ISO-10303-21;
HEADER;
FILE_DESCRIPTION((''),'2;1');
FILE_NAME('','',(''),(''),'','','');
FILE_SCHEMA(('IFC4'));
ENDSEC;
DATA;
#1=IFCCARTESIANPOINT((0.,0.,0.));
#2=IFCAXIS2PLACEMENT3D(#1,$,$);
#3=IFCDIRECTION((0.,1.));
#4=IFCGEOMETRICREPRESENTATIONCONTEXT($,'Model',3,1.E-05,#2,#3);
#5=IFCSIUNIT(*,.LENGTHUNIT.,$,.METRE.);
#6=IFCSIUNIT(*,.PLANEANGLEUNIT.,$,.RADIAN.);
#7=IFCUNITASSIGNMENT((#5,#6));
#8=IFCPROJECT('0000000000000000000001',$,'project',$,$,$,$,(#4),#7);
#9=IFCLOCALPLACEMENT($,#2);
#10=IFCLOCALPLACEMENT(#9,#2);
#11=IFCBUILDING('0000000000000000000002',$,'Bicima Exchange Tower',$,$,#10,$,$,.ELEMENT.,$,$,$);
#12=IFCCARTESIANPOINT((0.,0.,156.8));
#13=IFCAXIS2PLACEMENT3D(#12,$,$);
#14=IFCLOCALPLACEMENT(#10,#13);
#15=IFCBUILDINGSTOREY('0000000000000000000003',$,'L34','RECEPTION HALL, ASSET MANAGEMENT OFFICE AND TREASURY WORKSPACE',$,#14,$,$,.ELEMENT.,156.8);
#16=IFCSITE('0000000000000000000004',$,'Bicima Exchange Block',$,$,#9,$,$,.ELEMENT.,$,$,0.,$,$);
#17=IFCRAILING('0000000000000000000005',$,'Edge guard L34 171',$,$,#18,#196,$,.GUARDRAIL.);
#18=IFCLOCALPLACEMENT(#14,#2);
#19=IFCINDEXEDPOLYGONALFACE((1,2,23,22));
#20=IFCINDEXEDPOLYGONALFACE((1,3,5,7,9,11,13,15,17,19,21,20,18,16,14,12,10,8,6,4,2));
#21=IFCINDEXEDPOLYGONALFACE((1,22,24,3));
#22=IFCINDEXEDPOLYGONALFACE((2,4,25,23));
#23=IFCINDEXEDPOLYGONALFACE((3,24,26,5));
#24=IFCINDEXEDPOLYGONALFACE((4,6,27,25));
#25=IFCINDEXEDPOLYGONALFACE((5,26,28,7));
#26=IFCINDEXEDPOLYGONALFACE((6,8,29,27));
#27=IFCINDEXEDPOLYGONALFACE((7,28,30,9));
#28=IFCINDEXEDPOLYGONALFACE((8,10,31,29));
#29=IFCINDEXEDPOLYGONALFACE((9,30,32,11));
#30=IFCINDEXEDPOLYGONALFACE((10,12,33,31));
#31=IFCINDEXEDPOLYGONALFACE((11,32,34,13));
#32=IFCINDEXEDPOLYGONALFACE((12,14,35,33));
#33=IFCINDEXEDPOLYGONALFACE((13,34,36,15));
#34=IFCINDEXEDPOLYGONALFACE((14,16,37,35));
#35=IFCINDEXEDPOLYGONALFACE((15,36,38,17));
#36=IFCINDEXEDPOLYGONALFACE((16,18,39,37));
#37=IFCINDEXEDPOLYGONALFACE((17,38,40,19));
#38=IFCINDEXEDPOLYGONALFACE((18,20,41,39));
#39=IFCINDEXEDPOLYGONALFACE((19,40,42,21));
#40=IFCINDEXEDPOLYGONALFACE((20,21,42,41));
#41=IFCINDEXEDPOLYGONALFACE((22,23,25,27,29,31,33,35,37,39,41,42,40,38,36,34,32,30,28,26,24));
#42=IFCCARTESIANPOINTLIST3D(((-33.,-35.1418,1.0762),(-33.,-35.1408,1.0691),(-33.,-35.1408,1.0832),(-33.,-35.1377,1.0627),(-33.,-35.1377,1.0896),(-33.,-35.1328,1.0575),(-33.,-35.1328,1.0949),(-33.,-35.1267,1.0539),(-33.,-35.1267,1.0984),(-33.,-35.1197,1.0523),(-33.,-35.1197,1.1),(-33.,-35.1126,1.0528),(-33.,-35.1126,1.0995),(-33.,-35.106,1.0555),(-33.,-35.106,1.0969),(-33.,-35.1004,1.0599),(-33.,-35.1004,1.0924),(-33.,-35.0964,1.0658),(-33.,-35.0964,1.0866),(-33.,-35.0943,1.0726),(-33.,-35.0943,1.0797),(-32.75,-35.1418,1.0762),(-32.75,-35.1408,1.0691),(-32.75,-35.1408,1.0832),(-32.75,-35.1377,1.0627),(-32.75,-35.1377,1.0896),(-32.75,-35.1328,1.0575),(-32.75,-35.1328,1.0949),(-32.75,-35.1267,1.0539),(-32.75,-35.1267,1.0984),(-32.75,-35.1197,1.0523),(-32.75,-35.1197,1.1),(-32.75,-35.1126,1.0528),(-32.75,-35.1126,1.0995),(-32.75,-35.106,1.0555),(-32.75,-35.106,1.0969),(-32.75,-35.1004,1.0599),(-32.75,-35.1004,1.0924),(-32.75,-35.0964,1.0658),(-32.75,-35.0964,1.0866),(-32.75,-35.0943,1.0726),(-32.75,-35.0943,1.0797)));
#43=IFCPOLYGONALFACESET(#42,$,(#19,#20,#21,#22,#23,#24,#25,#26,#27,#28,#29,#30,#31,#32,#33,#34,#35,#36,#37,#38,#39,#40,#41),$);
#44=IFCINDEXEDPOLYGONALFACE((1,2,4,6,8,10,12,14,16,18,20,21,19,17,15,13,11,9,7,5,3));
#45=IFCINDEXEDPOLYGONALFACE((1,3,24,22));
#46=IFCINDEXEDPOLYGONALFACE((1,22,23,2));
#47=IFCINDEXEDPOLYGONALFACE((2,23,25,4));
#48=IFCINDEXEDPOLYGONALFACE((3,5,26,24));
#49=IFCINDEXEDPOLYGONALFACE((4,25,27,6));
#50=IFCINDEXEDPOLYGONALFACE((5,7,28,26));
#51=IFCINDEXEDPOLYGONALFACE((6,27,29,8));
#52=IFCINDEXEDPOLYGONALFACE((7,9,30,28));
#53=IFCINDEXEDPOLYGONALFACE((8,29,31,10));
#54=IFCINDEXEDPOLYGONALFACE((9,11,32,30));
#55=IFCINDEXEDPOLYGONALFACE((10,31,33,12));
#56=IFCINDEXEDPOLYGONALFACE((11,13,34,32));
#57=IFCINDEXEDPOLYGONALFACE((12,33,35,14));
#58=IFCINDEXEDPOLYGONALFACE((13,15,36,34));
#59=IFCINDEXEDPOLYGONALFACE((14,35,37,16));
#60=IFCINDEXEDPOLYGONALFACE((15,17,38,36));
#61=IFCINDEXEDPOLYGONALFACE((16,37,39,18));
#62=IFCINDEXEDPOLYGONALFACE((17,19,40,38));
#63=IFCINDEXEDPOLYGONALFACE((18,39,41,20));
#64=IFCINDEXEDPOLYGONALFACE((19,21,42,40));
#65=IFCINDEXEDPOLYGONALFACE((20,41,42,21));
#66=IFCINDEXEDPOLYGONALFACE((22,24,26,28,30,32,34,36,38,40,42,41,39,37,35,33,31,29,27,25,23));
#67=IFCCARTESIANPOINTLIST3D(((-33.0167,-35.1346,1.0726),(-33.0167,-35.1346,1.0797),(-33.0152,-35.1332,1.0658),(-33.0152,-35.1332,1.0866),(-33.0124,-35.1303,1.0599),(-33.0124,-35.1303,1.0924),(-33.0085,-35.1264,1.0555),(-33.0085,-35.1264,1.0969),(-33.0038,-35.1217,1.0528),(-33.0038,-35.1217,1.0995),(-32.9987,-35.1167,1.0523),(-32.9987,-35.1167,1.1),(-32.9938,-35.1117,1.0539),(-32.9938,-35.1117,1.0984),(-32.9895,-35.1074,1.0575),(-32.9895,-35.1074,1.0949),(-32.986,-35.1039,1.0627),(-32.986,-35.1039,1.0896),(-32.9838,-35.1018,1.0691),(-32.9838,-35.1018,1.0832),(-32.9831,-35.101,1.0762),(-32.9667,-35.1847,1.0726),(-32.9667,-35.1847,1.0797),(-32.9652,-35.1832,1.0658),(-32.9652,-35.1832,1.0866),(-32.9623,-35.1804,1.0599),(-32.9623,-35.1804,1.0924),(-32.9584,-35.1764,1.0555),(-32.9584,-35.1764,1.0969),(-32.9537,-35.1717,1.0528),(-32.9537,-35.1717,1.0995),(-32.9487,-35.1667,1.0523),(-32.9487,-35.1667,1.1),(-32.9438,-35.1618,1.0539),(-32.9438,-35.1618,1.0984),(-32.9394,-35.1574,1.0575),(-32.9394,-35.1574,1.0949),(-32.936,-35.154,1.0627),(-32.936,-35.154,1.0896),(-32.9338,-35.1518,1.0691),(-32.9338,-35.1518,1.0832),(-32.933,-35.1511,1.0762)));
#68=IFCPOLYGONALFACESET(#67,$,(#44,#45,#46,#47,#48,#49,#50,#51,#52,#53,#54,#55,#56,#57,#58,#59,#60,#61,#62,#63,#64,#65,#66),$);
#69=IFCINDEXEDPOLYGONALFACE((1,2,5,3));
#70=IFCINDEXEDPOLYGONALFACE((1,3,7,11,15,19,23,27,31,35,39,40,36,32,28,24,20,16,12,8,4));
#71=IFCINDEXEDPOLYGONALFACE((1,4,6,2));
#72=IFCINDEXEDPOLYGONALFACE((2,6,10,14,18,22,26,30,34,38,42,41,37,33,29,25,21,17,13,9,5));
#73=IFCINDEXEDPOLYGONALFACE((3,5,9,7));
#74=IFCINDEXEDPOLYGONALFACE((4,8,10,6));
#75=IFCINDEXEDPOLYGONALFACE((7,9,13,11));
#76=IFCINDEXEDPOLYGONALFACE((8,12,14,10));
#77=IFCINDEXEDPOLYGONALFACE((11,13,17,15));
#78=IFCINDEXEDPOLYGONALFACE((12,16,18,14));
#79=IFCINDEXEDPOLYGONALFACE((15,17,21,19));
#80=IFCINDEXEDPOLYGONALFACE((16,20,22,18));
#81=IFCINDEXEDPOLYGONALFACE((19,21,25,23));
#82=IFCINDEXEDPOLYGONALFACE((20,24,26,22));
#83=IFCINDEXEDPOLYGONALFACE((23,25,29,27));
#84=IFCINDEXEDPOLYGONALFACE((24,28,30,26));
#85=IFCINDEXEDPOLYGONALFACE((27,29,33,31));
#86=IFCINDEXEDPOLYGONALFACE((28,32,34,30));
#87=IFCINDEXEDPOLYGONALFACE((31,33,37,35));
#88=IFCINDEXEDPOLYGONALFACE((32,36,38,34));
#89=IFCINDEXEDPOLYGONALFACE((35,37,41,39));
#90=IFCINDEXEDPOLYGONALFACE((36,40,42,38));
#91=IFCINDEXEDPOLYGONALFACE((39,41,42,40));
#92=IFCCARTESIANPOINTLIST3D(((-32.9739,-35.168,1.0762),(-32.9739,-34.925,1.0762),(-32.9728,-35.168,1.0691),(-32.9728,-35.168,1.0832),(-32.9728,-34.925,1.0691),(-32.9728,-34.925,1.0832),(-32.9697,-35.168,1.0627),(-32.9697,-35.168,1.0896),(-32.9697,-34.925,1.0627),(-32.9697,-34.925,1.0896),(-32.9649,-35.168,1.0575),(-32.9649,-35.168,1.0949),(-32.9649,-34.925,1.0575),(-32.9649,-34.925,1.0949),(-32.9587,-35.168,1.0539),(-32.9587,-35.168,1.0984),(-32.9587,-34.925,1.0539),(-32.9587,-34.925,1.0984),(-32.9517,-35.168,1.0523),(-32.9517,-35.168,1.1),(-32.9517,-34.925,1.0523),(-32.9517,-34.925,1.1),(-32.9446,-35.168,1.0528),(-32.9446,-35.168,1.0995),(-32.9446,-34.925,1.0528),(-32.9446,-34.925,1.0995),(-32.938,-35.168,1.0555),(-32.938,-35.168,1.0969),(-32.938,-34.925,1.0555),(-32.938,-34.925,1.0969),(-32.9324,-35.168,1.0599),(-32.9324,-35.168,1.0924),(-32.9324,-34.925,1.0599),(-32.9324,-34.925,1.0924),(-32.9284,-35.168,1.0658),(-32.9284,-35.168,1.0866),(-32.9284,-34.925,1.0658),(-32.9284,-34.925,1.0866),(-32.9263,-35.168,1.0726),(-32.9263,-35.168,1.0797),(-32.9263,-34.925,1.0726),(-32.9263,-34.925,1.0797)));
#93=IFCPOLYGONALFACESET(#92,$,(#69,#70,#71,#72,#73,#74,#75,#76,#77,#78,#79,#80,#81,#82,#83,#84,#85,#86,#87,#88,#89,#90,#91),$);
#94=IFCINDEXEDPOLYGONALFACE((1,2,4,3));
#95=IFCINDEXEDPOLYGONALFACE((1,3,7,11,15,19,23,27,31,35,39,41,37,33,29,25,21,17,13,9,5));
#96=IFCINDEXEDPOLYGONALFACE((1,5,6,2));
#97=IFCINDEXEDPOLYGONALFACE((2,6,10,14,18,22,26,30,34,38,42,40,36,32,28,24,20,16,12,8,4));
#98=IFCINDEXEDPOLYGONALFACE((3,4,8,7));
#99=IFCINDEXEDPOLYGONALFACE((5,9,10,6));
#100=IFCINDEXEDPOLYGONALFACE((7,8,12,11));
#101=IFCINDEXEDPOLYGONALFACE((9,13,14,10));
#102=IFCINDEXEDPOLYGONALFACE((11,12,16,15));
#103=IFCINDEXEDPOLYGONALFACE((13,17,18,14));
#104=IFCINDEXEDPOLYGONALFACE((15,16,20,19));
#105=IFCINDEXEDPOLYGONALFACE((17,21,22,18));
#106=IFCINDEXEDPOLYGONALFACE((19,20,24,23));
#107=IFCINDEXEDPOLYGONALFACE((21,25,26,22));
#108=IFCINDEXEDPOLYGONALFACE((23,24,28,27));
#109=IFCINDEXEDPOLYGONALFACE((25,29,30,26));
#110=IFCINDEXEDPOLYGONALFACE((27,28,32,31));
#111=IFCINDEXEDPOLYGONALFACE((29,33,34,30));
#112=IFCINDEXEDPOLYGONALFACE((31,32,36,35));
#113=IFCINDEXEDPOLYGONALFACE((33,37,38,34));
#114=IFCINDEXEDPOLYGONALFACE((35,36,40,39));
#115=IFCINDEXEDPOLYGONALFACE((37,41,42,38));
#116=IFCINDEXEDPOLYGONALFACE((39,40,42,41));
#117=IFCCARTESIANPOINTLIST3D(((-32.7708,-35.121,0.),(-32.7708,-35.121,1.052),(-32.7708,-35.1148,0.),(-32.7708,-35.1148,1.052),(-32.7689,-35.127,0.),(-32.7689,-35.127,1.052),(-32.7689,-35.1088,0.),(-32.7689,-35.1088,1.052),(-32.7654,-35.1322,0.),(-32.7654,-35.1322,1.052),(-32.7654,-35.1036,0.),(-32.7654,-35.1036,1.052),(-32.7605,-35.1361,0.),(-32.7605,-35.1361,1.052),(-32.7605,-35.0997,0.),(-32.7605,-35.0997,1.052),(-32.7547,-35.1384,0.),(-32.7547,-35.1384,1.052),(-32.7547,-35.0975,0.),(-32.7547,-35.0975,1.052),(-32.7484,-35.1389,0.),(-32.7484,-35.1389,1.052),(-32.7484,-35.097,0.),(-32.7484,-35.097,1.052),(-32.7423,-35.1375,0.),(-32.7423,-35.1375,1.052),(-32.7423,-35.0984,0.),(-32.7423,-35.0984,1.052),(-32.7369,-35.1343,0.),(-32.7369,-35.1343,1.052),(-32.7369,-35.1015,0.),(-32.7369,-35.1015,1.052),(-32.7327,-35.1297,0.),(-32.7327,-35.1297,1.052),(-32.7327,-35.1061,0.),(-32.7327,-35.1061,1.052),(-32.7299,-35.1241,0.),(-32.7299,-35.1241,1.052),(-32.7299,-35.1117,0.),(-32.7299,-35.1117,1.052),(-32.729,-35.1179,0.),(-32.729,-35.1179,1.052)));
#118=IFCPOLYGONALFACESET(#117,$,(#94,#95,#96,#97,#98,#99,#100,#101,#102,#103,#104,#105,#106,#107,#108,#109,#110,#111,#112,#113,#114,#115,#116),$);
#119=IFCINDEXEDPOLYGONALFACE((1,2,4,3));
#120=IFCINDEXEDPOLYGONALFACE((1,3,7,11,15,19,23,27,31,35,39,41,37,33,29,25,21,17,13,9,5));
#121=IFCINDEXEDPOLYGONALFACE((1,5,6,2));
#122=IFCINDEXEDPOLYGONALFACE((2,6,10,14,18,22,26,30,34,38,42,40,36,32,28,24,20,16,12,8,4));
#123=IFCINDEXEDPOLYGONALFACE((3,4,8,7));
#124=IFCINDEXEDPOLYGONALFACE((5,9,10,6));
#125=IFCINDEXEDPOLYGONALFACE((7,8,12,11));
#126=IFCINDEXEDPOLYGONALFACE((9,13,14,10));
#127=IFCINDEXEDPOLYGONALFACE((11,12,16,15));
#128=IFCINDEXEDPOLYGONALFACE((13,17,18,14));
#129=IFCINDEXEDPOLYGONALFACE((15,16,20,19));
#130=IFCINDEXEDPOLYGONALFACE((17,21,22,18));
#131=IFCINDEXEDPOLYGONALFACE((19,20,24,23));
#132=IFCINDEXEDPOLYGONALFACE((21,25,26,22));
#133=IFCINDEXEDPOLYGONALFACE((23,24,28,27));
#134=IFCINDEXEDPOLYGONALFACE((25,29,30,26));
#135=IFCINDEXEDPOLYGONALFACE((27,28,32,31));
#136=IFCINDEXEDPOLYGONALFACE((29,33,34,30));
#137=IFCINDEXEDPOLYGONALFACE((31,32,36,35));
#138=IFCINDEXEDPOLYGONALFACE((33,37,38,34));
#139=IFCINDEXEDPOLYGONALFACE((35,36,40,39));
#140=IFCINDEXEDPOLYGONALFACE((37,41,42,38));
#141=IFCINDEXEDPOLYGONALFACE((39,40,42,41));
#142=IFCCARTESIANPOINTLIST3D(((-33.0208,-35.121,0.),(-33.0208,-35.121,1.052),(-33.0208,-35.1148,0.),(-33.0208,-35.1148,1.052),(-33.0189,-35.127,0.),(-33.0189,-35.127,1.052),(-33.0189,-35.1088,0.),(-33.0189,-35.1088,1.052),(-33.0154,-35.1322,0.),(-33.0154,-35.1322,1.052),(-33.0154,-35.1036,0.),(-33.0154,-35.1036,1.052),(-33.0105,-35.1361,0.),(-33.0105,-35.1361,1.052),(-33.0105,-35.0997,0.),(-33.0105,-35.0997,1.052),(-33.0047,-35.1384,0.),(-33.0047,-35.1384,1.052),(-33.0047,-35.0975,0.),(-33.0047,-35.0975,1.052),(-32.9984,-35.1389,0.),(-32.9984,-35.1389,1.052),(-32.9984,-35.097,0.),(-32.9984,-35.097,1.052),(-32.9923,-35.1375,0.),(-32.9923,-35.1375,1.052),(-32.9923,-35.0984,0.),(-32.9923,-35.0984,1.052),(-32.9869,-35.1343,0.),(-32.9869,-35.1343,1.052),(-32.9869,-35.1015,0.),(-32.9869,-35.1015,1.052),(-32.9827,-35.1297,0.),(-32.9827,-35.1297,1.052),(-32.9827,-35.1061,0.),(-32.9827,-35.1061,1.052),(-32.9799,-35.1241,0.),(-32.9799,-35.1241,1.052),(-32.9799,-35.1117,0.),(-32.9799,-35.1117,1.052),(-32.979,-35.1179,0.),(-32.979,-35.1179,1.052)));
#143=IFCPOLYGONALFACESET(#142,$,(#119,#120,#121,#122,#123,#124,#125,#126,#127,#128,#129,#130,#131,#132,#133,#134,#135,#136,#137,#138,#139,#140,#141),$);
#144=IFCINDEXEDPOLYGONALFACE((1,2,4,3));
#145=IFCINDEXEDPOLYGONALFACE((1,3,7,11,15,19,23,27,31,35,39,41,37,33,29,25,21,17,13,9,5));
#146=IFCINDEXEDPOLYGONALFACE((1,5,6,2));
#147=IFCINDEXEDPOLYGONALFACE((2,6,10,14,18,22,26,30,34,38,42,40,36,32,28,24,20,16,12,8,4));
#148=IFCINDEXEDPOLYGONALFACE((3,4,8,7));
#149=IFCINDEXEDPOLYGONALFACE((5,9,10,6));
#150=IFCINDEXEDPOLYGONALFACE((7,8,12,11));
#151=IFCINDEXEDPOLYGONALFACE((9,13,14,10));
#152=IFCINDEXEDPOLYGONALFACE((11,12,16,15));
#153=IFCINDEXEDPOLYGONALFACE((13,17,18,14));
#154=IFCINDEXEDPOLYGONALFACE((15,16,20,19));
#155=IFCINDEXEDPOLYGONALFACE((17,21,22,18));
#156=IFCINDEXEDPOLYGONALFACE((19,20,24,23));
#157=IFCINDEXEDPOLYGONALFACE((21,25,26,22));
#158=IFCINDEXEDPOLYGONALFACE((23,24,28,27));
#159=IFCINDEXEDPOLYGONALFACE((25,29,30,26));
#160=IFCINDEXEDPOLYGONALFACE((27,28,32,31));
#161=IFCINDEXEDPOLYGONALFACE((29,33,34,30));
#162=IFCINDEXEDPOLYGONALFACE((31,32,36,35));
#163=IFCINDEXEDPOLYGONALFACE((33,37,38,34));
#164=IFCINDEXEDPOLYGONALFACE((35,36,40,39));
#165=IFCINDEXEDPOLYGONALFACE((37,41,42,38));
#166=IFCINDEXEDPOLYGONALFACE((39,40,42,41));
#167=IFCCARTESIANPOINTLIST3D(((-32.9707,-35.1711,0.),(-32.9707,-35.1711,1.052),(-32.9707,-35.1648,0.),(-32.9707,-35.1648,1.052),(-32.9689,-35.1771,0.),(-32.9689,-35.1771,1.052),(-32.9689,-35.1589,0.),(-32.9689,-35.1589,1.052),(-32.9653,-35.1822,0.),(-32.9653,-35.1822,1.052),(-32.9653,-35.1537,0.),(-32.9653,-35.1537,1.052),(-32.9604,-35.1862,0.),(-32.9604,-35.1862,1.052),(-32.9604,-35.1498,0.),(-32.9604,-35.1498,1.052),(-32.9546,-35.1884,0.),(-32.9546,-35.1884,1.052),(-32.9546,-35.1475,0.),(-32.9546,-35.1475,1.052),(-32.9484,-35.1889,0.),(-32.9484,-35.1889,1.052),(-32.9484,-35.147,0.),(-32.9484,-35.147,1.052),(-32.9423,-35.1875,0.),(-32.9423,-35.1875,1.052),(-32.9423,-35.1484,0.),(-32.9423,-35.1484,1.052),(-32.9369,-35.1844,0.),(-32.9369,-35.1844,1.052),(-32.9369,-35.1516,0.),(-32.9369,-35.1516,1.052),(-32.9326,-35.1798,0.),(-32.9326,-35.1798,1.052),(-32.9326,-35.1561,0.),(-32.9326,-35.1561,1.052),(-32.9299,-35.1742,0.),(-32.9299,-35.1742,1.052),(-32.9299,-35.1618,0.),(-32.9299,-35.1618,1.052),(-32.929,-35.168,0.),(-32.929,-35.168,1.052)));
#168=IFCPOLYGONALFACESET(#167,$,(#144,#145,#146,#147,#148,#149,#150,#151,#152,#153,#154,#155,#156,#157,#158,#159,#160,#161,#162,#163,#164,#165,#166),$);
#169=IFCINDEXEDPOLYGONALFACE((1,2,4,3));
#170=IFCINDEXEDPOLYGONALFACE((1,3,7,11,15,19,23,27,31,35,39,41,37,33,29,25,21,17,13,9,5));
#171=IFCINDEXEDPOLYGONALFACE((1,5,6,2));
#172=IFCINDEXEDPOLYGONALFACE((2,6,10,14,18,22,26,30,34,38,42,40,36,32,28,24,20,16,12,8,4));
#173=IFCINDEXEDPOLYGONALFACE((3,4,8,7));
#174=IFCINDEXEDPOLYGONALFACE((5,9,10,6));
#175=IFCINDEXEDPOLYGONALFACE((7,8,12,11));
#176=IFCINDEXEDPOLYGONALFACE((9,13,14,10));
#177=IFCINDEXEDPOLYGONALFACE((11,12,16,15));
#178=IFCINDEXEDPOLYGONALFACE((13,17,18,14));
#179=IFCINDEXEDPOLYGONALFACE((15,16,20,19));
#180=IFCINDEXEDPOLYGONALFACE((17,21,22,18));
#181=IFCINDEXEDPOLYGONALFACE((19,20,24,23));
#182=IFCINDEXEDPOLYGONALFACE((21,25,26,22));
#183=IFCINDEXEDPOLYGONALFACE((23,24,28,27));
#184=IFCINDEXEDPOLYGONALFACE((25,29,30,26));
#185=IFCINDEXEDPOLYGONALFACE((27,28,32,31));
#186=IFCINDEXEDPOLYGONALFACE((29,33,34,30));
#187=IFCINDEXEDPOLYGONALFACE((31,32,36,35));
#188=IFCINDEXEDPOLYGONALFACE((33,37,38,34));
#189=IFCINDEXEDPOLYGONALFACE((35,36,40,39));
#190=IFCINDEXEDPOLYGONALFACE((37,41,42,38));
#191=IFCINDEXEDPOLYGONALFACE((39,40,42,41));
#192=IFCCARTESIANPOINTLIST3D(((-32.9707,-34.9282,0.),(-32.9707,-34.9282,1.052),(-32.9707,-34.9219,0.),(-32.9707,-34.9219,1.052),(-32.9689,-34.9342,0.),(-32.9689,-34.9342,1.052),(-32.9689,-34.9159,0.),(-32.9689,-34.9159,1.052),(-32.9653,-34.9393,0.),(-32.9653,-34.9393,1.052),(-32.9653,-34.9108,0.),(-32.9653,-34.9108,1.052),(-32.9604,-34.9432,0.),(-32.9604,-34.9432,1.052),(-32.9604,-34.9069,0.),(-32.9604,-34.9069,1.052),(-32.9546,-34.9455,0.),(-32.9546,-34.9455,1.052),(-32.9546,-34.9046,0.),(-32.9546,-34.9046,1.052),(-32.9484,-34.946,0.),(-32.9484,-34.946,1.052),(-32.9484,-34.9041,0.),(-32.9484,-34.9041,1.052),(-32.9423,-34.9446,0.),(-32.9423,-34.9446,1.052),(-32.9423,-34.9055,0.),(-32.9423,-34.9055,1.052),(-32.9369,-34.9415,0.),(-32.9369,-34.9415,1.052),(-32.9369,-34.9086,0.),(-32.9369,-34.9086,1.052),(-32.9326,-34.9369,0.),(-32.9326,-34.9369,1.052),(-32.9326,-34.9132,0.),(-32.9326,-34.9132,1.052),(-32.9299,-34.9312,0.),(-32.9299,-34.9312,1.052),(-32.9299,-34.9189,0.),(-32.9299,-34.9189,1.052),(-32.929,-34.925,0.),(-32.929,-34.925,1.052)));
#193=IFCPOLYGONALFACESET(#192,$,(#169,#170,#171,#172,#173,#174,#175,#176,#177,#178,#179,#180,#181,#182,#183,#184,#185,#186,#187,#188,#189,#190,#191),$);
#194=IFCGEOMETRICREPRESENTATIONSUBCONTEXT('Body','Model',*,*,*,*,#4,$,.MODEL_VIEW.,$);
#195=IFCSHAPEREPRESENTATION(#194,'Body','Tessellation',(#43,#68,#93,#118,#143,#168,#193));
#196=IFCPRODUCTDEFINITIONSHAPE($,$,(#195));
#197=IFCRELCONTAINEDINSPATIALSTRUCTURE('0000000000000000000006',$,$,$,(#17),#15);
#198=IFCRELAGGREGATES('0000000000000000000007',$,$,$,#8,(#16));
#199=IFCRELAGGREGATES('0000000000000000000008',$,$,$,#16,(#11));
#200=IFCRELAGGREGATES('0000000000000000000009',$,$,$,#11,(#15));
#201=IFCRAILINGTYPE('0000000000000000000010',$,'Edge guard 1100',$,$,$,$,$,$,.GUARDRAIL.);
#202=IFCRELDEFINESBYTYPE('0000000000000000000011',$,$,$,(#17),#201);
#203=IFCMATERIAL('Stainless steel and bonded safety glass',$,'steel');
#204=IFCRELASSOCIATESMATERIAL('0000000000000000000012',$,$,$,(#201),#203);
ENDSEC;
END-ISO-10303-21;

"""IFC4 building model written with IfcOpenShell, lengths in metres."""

from ifc_helpers import new_model, si_unit, direction, frame, origin, origin_2d, place, context, subcontext, project, spatial, circle, extrude, material, type_object, element, save


model = new_model("IFC4")

# Units and contexts
model_context = context("Model", 3, precision=1e-05, world=origin(), true_north=direction((0.0, 1.0)))
body_context = subcontext(model_context, "Body", "Model", "MODEL_VIEW")
ifc_project = project(units=[si_unit("LENGTHUNIT", "METRE"), si_unit("PLANEANGLEUNIT", "RADIAN")], contexts=[model_context])

# Site, building, storey
site_placement = place(None, origin())
site = spatial("IfcSite", under=ifc_project, at=site_placement, Name="Bicima Exchange Block", CompositionType="ELEMENT", RefElevation=0.0)
building_placement = place(site_placement, origin())
building = spatial("IfcBuilding", under=site, at=building_placement, Name="Bicima Exchange Tower", CompositionType="ELEMENT")
storey_placement = place(building_placement, frame((0.0, 0.0, 156.8)))
storey = spatial("IfcBuildingStorey", under=building, at=storey_placement, Name="L34", Description="RECEPTION HALL, ASSET MANAGEMENT OFFICE AND TREASURY WORKSPACE", CompositionType="ELEMENT", Elevation=156.8)

# Railing
ifc_material_1 = material(Name="Stainless steel and bonded safety glass", Category="steel")
railing_type = type_object("IfcRailingType", Name="Edge guard 1100", PredefinedType="GUARDRAIL", material=ifc_material_1)
railing_1_placement = place(storey_placement, frame((-32.75, -35.1179, 0.0)))
element("IfcRailing", 1, at=railing_1_placement, inside=storey, type_object=railing_type, Name="Edge guard L34 171", PredefinedType="GUARDRAIL", context=body_context, shape_type="SweptSolid", body=[
    extrude(circle(Radius=0.0239, at=origin_2d()), frame((0.0, 0.0, 1.0762), z_axis=(-1.0, 0.0, 0.0), x_axis=(0.0, -1.0, 0.0)), (0.0, 0.0, 1.0), 0.25),
    extrude(circle(Radius=0.0239, at=origin_2d()), frame((-0.25, 0.0, 1.0762), z_axis=(0.707107, -0.707107, 0.0), x_axis=(0.707107, 0.707107, 0.0)), (0.0, 0.0, 1.0), 0.0708),
    extrude(circle(Radius=0.0239, at=origin_2d()), frame((-0.2, -0.05, 1.0762), z_axis=(0.0, 1.0, 0.0), x_axis=(-1.0, 0.0, 0.0)), (0.0, 0.0, 1.0), 0.2429),
    extrude(circle(Radius=0.021, at=origin_2d()), origin(), (0.0, 0.0, 1.0), 1.052),
    extrude(circle(Radius=0.021, at=origin_2d()), frame((-0.25, 0.0, 0.0)), (0.0, 0.0, 1.0), 1.052),
    extrude(circle(Radius=0.021, at=origin_2d()), frame((-0.2, -0.05, 0.0)), (0.0, 0.0, 1.0), 1.052),
    extrude(circle(Radius=0.021, at=origin_2d()), frame((-0.2, 0.1929, 0.0)), (0.0, 0.0, 1.0), 1.052),
])

save(model, "model.ifc")
